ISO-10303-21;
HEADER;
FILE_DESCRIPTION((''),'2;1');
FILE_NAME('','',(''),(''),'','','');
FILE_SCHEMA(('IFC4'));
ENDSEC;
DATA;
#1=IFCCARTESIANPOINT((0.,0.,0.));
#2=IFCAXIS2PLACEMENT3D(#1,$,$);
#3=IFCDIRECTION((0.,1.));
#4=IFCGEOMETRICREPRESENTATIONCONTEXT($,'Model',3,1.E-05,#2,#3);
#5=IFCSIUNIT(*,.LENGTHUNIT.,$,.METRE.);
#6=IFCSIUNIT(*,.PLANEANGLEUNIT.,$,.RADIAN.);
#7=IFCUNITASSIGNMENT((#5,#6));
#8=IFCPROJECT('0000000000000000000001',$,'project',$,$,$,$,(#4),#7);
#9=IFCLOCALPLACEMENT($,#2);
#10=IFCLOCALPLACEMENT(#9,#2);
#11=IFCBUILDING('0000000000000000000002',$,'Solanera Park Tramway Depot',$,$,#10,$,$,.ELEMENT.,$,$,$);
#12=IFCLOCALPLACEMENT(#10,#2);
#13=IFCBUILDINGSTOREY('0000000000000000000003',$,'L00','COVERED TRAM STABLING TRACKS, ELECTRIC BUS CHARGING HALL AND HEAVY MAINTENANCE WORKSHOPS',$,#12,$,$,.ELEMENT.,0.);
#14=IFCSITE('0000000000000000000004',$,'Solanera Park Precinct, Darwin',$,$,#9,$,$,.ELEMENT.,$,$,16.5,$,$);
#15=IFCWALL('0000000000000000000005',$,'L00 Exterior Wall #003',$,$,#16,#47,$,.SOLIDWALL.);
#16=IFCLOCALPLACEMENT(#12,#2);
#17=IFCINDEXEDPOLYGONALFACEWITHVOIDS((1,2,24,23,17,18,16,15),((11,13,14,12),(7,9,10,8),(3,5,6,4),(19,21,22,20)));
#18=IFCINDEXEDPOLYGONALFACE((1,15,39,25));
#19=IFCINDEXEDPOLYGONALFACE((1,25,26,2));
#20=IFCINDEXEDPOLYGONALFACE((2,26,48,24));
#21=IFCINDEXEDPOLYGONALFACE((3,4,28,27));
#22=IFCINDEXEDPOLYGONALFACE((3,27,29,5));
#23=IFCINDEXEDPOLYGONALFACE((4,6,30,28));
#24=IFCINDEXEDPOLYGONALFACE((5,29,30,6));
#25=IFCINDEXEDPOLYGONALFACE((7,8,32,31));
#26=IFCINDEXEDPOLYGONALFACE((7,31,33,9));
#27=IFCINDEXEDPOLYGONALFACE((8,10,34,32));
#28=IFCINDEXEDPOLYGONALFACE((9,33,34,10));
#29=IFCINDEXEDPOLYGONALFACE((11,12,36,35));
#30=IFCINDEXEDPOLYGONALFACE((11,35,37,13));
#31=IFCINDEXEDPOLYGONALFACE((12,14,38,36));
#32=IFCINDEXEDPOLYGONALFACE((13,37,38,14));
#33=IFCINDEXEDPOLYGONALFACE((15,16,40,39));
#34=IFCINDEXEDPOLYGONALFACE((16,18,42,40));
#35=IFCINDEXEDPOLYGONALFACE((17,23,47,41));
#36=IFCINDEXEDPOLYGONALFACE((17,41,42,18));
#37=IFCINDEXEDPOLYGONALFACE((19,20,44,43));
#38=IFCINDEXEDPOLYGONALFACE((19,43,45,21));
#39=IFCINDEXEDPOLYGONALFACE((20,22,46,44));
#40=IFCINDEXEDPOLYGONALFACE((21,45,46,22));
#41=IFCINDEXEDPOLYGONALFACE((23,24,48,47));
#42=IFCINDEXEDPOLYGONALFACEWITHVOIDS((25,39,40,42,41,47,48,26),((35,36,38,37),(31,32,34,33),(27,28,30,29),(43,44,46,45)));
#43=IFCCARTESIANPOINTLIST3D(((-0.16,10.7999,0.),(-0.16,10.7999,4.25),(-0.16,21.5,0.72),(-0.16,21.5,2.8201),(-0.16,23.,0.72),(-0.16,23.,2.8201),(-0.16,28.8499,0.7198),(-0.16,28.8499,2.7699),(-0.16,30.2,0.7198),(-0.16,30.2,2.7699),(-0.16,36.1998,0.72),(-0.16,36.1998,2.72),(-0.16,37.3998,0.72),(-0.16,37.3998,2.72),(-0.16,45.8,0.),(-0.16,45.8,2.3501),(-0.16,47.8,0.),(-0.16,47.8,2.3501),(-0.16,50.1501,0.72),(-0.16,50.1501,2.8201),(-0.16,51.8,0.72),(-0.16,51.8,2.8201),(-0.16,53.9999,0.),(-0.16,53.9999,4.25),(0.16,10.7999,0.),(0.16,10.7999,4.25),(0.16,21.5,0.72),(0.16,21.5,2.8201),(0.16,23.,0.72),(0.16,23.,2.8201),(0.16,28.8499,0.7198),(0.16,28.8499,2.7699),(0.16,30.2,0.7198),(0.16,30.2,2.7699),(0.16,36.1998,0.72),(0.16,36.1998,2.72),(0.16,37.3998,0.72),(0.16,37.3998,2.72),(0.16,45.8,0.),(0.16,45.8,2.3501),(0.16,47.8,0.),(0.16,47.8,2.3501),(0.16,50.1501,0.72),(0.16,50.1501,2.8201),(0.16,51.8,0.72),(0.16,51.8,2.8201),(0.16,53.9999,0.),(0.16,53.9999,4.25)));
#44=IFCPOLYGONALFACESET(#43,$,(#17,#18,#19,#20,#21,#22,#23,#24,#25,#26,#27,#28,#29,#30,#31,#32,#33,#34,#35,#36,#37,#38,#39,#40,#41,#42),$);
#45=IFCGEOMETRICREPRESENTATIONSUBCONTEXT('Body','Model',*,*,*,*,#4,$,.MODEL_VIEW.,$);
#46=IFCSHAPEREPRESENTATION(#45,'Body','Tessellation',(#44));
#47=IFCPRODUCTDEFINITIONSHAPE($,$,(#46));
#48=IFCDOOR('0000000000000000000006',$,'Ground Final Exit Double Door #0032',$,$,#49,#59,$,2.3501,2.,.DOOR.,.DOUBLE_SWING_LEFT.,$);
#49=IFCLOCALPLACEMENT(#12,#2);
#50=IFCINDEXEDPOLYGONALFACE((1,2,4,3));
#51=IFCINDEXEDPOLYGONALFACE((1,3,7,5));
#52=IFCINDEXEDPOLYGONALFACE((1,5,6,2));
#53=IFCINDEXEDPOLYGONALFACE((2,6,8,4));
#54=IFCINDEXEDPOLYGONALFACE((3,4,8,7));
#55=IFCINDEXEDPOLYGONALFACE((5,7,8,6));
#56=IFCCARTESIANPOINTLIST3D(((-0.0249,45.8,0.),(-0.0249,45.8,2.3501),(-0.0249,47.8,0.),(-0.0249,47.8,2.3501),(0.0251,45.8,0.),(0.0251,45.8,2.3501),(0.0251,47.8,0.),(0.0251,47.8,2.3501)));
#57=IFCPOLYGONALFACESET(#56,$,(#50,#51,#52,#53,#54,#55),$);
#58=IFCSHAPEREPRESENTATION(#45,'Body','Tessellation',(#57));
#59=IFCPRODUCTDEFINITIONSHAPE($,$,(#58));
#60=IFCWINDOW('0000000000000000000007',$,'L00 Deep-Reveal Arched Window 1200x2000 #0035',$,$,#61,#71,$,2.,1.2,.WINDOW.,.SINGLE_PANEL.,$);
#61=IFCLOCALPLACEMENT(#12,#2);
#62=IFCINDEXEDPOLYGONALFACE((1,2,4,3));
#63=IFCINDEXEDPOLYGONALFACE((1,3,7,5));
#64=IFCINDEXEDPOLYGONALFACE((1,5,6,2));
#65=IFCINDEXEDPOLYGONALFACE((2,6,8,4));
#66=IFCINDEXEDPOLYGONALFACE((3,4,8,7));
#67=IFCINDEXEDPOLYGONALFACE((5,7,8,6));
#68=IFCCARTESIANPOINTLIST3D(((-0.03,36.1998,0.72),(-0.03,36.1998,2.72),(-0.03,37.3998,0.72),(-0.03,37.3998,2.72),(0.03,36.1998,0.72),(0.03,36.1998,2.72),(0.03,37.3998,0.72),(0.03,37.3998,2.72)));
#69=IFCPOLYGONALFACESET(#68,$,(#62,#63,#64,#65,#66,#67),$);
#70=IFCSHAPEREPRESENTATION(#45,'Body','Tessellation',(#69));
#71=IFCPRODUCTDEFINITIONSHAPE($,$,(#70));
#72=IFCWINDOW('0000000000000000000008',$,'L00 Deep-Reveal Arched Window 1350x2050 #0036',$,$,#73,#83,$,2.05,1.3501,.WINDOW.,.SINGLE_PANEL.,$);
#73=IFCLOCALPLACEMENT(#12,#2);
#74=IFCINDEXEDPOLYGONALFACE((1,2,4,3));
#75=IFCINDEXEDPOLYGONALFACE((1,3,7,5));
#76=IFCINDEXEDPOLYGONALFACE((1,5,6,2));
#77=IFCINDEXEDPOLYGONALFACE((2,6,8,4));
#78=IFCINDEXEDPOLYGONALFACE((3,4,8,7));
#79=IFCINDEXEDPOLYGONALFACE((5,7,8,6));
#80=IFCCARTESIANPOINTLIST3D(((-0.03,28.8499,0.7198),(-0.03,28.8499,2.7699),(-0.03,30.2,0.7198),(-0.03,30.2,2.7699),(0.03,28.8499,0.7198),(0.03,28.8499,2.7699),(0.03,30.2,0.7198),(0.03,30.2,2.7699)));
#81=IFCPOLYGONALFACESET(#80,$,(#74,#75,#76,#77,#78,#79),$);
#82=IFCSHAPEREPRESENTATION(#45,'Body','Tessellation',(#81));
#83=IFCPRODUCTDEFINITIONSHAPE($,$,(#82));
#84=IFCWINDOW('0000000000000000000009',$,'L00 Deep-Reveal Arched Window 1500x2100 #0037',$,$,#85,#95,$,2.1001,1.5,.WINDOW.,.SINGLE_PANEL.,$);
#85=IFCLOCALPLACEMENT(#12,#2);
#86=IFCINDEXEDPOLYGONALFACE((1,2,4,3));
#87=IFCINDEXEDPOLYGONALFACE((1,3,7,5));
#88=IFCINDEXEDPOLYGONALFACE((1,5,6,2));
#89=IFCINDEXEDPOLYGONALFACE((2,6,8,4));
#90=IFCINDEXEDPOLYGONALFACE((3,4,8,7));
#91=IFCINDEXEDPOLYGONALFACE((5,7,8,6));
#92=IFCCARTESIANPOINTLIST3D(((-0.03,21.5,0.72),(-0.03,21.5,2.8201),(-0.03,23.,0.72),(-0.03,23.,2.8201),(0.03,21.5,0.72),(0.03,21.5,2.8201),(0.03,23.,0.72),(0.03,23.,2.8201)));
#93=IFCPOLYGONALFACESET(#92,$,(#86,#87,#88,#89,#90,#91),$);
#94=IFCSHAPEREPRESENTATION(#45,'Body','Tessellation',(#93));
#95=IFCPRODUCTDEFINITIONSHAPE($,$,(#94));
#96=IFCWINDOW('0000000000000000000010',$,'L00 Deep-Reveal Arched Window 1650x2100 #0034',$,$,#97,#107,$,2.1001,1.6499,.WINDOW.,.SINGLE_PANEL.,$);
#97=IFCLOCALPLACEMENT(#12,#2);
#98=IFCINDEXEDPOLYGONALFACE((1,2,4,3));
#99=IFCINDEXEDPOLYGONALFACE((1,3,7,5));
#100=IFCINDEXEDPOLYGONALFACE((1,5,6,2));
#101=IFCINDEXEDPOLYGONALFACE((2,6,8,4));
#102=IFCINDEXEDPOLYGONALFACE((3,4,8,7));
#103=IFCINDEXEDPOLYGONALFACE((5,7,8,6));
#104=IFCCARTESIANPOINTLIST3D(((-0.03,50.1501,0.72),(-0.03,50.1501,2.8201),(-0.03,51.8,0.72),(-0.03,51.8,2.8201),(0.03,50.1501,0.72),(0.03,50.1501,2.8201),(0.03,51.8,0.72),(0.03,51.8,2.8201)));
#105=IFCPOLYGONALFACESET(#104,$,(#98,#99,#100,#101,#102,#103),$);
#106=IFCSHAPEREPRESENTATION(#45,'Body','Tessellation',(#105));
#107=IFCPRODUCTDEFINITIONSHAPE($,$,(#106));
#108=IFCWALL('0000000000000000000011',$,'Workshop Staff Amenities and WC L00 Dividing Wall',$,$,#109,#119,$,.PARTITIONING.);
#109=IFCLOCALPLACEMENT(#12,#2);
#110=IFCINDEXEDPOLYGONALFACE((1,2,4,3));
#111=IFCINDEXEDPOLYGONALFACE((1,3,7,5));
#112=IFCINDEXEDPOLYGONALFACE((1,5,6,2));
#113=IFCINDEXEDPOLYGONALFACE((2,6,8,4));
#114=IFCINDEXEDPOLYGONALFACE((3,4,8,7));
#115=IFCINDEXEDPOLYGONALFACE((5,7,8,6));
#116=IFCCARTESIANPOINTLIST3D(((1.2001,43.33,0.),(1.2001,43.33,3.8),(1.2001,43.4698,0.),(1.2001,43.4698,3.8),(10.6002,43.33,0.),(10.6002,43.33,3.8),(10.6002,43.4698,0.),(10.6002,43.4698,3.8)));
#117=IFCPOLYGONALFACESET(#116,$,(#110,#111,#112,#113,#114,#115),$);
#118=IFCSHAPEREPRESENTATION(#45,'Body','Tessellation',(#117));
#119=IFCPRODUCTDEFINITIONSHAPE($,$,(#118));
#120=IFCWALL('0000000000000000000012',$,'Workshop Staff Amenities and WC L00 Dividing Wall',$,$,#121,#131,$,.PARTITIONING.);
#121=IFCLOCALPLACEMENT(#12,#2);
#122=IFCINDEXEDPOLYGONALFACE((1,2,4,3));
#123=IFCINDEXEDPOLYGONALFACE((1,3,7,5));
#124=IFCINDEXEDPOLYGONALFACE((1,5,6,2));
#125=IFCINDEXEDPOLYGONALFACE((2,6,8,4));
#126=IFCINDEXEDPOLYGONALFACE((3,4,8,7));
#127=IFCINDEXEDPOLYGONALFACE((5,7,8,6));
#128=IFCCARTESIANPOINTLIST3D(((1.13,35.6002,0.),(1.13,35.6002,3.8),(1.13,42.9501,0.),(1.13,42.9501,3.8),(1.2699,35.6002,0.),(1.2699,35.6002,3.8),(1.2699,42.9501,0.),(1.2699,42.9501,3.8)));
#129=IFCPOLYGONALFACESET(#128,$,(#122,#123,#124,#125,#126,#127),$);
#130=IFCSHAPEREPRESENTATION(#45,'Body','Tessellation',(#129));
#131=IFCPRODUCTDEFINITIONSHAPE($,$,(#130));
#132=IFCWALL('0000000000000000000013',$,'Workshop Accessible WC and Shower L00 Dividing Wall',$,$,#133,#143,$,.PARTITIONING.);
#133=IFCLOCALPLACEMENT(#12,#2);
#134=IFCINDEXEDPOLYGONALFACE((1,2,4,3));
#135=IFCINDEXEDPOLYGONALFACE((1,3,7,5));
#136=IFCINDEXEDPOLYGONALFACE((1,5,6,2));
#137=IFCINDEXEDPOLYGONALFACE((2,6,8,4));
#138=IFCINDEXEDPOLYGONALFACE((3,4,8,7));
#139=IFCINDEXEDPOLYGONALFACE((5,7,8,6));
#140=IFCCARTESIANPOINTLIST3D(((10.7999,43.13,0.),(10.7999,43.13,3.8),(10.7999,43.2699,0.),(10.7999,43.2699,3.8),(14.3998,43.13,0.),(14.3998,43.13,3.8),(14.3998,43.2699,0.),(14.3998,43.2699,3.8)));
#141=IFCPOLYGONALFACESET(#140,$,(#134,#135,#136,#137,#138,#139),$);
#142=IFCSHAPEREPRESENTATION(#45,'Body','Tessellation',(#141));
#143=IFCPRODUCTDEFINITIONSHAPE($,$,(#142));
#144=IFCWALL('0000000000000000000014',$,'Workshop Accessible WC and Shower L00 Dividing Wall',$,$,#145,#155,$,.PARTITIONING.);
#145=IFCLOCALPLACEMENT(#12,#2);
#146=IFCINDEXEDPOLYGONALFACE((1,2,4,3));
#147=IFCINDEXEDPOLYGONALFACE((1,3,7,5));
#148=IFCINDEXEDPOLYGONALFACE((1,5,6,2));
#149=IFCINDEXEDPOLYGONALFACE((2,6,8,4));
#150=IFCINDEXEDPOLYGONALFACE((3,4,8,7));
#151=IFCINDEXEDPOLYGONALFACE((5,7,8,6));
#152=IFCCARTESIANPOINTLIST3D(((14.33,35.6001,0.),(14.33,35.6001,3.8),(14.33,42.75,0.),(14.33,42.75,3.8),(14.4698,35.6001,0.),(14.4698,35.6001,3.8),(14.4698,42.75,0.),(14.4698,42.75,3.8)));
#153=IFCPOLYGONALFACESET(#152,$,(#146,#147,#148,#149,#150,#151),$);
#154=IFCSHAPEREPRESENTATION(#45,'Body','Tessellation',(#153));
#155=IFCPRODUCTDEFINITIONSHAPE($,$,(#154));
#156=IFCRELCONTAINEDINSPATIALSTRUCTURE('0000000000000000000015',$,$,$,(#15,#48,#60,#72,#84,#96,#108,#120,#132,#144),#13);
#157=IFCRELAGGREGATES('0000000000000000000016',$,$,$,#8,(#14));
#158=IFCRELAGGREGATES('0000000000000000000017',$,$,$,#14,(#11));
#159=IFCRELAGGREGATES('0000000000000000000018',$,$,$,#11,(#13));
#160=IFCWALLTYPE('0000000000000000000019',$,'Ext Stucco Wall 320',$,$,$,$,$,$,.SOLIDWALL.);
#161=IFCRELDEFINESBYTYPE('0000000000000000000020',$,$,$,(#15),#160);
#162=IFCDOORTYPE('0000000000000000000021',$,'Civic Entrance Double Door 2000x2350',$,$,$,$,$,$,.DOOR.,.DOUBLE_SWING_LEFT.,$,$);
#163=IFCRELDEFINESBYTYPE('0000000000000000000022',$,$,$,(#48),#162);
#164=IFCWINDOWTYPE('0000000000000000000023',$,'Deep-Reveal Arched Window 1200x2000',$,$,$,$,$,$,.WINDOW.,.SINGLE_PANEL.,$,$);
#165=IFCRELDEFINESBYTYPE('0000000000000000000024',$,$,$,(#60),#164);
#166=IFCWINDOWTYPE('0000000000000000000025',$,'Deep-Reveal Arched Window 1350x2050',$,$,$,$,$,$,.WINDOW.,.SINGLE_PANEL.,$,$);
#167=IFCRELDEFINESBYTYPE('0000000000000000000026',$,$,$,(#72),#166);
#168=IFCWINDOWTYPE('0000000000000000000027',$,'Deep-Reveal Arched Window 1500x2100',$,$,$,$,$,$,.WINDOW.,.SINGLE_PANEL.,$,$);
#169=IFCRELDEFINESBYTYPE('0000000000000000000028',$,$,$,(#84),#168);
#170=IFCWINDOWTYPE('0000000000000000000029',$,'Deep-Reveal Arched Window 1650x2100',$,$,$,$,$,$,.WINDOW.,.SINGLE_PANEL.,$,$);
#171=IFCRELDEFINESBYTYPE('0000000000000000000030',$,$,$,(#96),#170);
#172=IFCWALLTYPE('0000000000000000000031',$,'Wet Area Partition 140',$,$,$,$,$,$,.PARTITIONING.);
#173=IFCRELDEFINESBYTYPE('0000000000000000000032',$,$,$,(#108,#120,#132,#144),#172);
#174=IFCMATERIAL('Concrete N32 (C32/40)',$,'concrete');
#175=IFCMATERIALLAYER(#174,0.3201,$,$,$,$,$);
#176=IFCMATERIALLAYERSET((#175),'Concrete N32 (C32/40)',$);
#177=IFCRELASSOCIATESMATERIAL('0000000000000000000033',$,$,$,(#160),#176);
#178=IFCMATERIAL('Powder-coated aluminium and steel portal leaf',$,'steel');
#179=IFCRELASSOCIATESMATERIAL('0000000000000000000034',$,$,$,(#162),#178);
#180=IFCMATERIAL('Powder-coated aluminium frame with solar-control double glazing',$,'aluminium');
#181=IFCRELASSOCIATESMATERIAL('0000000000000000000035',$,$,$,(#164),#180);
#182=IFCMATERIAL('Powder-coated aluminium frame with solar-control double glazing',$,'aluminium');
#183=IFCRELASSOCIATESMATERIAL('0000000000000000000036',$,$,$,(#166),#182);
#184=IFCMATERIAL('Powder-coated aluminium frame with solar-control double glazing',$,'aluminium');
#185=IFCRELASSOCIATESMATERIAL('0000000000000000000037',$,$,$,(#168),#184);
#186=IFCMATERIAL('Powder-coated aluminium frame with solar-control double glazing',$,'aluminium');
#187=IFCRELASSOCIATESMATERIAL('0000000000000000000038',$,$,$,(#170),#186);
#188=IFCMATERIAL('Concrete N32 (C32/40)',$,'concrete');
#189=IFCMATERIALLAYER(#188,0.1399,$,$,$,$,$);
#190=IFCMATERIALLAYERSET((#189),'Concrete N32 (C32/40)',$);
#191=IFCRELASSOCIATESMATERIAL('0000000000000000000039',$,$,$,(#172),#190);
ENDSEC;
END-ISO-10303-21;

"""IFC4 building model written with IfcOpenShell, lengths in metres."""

from ifc_helpers import new_model, si_unit, direction, frame, frame_2d, origin, place, context, subcontext, project, spatial, rectangle, extrude, material, layer, layer_set, type_object, element, fill, save


model = new_model("IFC4")

# Units and contexts
model_context = context("Model", 3, precision=1e-05, world=origin(), true_north=direction((0.0, 1.0)))
body_context = subcontext(model_context, "Body", "Model", "MODEL_VIEW")
ifc_project = project(units=[si_unit("LENGTHUNIT", "METRE"), si_unit("PLANEANGLEUNIT", "RADIAN")], contexts=[model_context])

# Site, building, storey
site_placement = place(None, origin())
site = spatial("IfcSite", under=ifc_project, at=site_placement, Name="Solanera Park Precinct, Darwin", CompositionType="ELEMENT", RefElevation=16.5)
building_placement = place(site_placement, origin())
building = spatial("IfcBuilding", under=site, at=building_placement, Name="Solanera Park Tramway Depot", CompositionType="ELEMENT")
storey_placement = place(building_placement, origin())
storey = spatial("IfcBuildingStorey", under=building, at=storey_placement, Name="L00", Description="COVERED TRAM STABLING TRACKS, ELECTRIC BUS CHARGING HALL AND HEAVY MAINTENANCE WORKSHOPS", CompositionType="ELEMENT", Elevation=0.0)

# Wall, openings, door, windows
ifc_material_1 = material(Name="Concrete N32 (C32/40)", Category="concrete")
ifc_layer_1 = layer(ifc_material_1, 0.3201)
ifc_layer_set_1 = layer_set([ifc_layer_1], Name="Concrete N32 (C32/40)")
wall_type_1 = type_object("IfcWallType", Name="Ext Stucco Wall 320", PredefinedType="SOLIDWALL", material=ifc_layer_set_1)
wall_1_placement = place(storey_placement, frame((0.0, 54.0, 0.0), z_axis=(0.0, 0.0, 1.0), x_axis=(0.0, -1.0, 0.0)))
wall_1 = element("IfcWall", 1, at=wall_1_placement, inside=storey, type_object=wall_type_1, Name="L00 Exterior Wall #003", PredefinedType="SOLIDWALL", context=body_context, shape_type="SweptSolid", body=[
    extrude(rectangle(XDim=43.2, YDim=0.3201, at=frame_2d((21.6001, 0.0))), origin(), (0.0, 0.0, 1.0), 4.25),
])
opening_1_placement = place(wall_1_placement, frame((2.2, 0.0, 0.72)))
opening_1 = element("IfcOpeningElement", 2, at=opening_1_placement, cuts=wall_1, PredefinedType="OPENING", context=body_context, shape_type="SweptSolid", body=[
    extrude(rectangle(XDim=1.6499, YDim=2.1001, at=frame_2d((0.825, 1.05))), frame((0.0, 0.1699, 0.0), z_axis=(0.0, -1.0, 0.0), x_axis=(1.0, 0.0, 0.0)), (0.0, 0.0, 1.0), 0.3401),
])
opening_2_placement = place(wall_1_placement, frame((16.6001, 0.0, 0.72)))
opening_2 = element("IfcOpeningElement", 3, at=opening_2_placement, cuts=wall_1, PredefinedType="OPENING", context=body_context, shape_type="SweptSolid", body=[
    extrude(rectangle(XDim=1.2, YDim=2.0, at=frame_2d((0.6001, 1.0))), frame((0.0, 0.1699, 0.0), z_axis=(0.0, -1.0, 0.0), x_axis=(1.0, 0.0, 0.0)), (0.0, 0.0, 1.0), 0.3401),
])
opening_3_placement = place(wall_1_placement, frame((23.8, 0.0, 0.72)))
opening_3 = element("IfcOpeningElement", 4, at=opening_3_placement, cuts=wall_1, PredefinedType="OPENING", context=body_context, shape_type="SweptSolid", body=[
    extrude(rectangle(XDim=1.3501, YDim=2.05, at=frame_2d((0.675, 1.0249))), frame((0.0, 0.1699, 0.0), z_axis=(0.0, -1.0, 0.0), x_axis=(1.0, 0.0, 0.0)), (0.0, 0.0, 1.0), 0.3401),
])
opening_4_placement = place(wall_1_placement, frame((31.0, 0.0, 0.72)))
opening_4 = element("IfcOpeningElement", 5, at=opening_4_placement, cuts=wall_1, PredefinedType="OPENING", context=body_context, shape_type="SweptSolid", body=[
    extrude(rectangle(XDim=1.5, YDim=2.1001, at=frame_2d((0.75, 1.05))), frame((0.0, 0.1699, 0.0), z_axis=(0.0, -1.0, 0.0), x_axis=(1.0, 0.0, 0.0)), (0.0, 0.0, 1.0), 0.3401),
])
opening_5_placement = place(wall_1_placement, frame((6.2, 0.0, 0.0)))
opening_5 = element("IfcOpeningElement", 6, at=opening_5_placement, cuts=wall_1, PredefinedType="OPENING", context=body_context, shape_type="SweptSolid", body=[
    extrude(rectangle(XDim=2.0, YDim=2.3501, at=frame_2d((1.0, 1.175))), frame((0.0, 0.1699, 0.0), z_axis=(0.0, -1.0, 0.0), x_axis=(1.0, 0.0, 0.0)), (0.0, 0.0, 1.0), 0.3401),
])
ifc_material_2 = material(Name="Powder-coated aluminium and steel portal leaf", Category="steel")
door_type_1 = type_object("IfcDoorType", Name="Civic Entrance Double Door 2000x2350", OperationType="DOUBLE_SWING_LEFT", PredefinedType="DOOR", material=ifc_material_2)
door_1_placement = place(opening_5_placement, frame((2.0, 0.0, 0.0), z_axis=(0.0, 0.0, 1.0), x_axis=(-1.0, 0.0, 0.0)))
door_1 = element("IfcDoor", 7, at=door_1_placement, inside=storey, type_object=door_type_1, Name="Ground Final Exit Double Door #0032", OperationType="DOUBLE_SWING_LEFT", OverallHeight=2.3501, OverallWidth=2.0, PredefinedType="DOOR", context=body_context, shape_type="SweptSolid", body=[
    extrude(rectangle(XDim=2.0, YDim=2.3501, at=frame_2d((1.0, 1.175))), frame((0.0, 0.0249, 0.0), z_axis=(0.0, -1.0, 0.0), x_axis=(1.0, 0.0, 0.0)), (0.0, 0.0, 1.0), 0.05),
])
fill(opening_5, door_1)
ifc_material_3 = material(Name="Powder-coated aluminium frame with solar-control double glazing", Category="aluminium")
window_type_1 = type_object("IfcWindowType", Name="Deep-Reveal Arched Window 1200x2000", PartitioningType="SINGLE_PANEL", PredefinedType="WINDOW", material=ifc_material_3)
window_1_placement = place(opening_2_placement, origin())
window_1 = element("IfcWindow", 8, at=window_1_placement, inside=storey, type_object=window_type_1, Name="L00 Deep-Reveal Arched Window 1200x2000 #0035", OverallHeight=2.0, OverallWidth=1.2, PartitioningType="SINGLE_PANEL", PredefinedType="WINDOW", context=body_context, shape_type="SweptSolid", body=[
    extrude(rectangle(XDim=1.2, YDim=2.0, at=frame_2d((0.6001, 1.0))), frame((0.0, 0.03, 0.0), z_axis=(0.0, -1.0, 0.0), x_axis=(1.0, 0.0, 0.0)), (0.0, 0.0, 1.0), 0.0601),
])
fill(opening_2, window_1)
ifc_material_4 = material(Name="Powder-coated aluminium frame with solar-control double glazing", Category="aluminium")
window_type_2 = type_object("IfcWindowType", Name="Deep-Reveal Arched Window 1350x2050", PartitioningType="SINGLE_PANEL", PredefinedType="WINDOW", material=ifc_material_4)
window_2_placement = place(opening_3_placement, origin())
window_2 = element("IfcWindow", 9, at=window_2_placement, inside=storey, type_object=window_type_2, Name="L00 Deep-Reveal Arched Window 1350x2050 #0036", OverallHeight=2.05, OverallWidth=1.3501, PartitioningType="SINGLE_PANEL", PredefinedType="WINDOW", context=body_context, shape_type="SweptSolid", body=[
    extrude(rectangle(XDim=1.3501, YDim=2.05, at=frame_2d((0.675, 1.0249))), frame((0.0, 0.03, 0.0), z_axis=(0.0, -1.0, 0.0), x_axis=(1.0, 0.0, 0.0)), (0.0, 0.0, 1.0), 0.0601),
])
fill(opening_3, window_2)
ifc_material_5 = material(Name="Powder-coated aluminium frame with solar-control double glazing", Category="aluminium")
window_type_3 = type_object("IfcWindowType", Name="Deep-Reveal Arched Window 1500x2100", PartitioningType="SINGLE_PANEL", PredefinedType="WINDOW", material=ifc_material_5)
window_3_placement = place(opening_4_placement, origin())
window_3 = element("IfcWindow", 10, at=window_3_placement, inside=storey, type_object=window_type_3, Name="L00 Deep-Reveal Arched Window 1500x2100 #0037", OverallHeight=2.1001, OverallWidth=1.5, PartitioningType="SINGLE_PANEL", PredefinedType="WINDOW", context=body_context, shape_type="SweptSolid", body=[
    extrude(rectangle(XDim=1.5, YDim=2.1001, at=frame_2d((0.75, 1.05))), frame((0.0, 0.03, 0.0), z_axis=(0.0, -1.0, 0.0), x_axis=(1.0, 0.0, 0.0)), (0.0, 0.0, 1.0), 0.0601),
])
fill(opening_4, window_3)
ifc_material_6 = material(Name="Powder-coated aluminium frame with solar-control double glazing", Category="aluminium")
window_type_4 = type_object("IfcWindowType", Name="Deep-Reveal Arched Window 1650x2100", PartitioningType="SINGLE_PANEL", PredefinedType="WINDOW", material=ifc_material_6)
window_4_placement = place(opening_1_placement, origin())
window_4 = element("IfcWindow", 11, at=window_4_placement, inside=storey, type_object=window_type_4, Name="L00 Deep-Reveal Arched Window 1650x2100 #0034", OverallHeight=2.1001, OverallWidth=1.6499, PartitioningType="SINGLE_PANEL", PredefinedType="WINDOW", context=body_context, shape_type="SweptSolid", body=[
    extrude(rectangle(XDim=1.6499, YDim=2.1001, at=frame_2d((0.825, 1.05))), frame((0.0, 0.03, 0.0), z_axis=(0.0, -1.0, 0.0), x_axis=(1.0, 0.0, 0.0)), (0.0, 0.0, 1.0), 0.0601),
])
fill(opening_1, window_4)

# Walls
ifc_material_7 = material(Name="Concrete N32 (C32/40)", Category="concrete")
ifc_layer_2 = layer(ifc_material_7, 0.1399)
ifc_layer_set_2 = layer_set([ifc_layer_2], Name="Concrete N32 (C32/40)")
wall_type_2 = type_object("IfcWallType", Name="Wet Area Partition 140", PredefinedType="PARTITIONING", material=ifc_layer_set_2)
wall_2_placement = place(storey_placement, frame((1.2, 43.3999, 0.0), z_axis=(0.0, 0.0, 1.0), x_axis=(1.0, 0.0, 0.0)))
element("IfcWall", 12, at=wall_2_placement, inside=storey, type_object=wall_type_2, Name="Workshop Staff Amenities and WC L00 Dividing Wall", PredefinedType="PARTITIONING", context=body_context, shape_type="SweptSolid", body=[
    extrude(rectangle(XDim=9.4001, YDim=0.1399, at=frame_2d((4.7002, 0.0))), origin(), (0.0, 0.0, 1.0), 3.8),
])
wall_3_placement = place(storey_placement, frame((1.2, 42.95, 0.0), z_axis=(0.0, 0.0, 1.0), x_axis=(0.0, -1.0, 0.0)))
element("IfcWall", 13, at=wall_3_placement, inside=storey, type_object=wall_type_2, Name="Workshop Staff Amenities and WC L00 Dividing Wall", PredefinedType="PARTITIONING", context=body_context, shape_type="SweptSolid", body=[
    extrude(rectangle(XDim=7.3499, YDim=0.1399, at=frame_2d((3.6748, 0.0))), origin(), (0.0, 0.0, 1.0), 3.8),
])
wall_4_placement = place(storey_placement, frame((10.8, 43.2, 0.0), z_axis=(0.0, 0.0, 1.0), x_axis=(1.0, 0.0, 0.0)))
element("IfcWall", 14, at=wall_4_placement, inside=storey, type_object=wall_type_2, Name="Workshop Accessible WC and Shower L00 Dividing Wall", PredefinedType="PARTITIONING", context=body_context, shape_type="SweptSolid", body=[
    extrude(rectangle(XDim=3.5999, YDim=0.1399, at=frame_2d((1.7998, 0.0))), origin(), (0.0, 0.0, 1.0), 3.8),
])
wall_5_placement = place(storey_placement, frame((14.3999, 35.6001, 0.0), z_axis=(0.0, 0.0, 1.0), x_axis=(0.0, 1.0, 0.0)))
element("IfcWall", 15, at=wall_5_placement, inside=storey, type_object=wall_type_2, Name="Workshop Accessible WC and Shower L00 Dividing Wall", PredefinedType="PARTITIONING", context=body_context, shape_type="SweptSolid", body=[
    extrude(rectangle(XDim=7.1499, YDim=0.1399, at=frame_2d((3.575, 0.0))), origin(), (0.0, 0.0, 1.0), 3.8),
])

save(model, "model.ifc")
